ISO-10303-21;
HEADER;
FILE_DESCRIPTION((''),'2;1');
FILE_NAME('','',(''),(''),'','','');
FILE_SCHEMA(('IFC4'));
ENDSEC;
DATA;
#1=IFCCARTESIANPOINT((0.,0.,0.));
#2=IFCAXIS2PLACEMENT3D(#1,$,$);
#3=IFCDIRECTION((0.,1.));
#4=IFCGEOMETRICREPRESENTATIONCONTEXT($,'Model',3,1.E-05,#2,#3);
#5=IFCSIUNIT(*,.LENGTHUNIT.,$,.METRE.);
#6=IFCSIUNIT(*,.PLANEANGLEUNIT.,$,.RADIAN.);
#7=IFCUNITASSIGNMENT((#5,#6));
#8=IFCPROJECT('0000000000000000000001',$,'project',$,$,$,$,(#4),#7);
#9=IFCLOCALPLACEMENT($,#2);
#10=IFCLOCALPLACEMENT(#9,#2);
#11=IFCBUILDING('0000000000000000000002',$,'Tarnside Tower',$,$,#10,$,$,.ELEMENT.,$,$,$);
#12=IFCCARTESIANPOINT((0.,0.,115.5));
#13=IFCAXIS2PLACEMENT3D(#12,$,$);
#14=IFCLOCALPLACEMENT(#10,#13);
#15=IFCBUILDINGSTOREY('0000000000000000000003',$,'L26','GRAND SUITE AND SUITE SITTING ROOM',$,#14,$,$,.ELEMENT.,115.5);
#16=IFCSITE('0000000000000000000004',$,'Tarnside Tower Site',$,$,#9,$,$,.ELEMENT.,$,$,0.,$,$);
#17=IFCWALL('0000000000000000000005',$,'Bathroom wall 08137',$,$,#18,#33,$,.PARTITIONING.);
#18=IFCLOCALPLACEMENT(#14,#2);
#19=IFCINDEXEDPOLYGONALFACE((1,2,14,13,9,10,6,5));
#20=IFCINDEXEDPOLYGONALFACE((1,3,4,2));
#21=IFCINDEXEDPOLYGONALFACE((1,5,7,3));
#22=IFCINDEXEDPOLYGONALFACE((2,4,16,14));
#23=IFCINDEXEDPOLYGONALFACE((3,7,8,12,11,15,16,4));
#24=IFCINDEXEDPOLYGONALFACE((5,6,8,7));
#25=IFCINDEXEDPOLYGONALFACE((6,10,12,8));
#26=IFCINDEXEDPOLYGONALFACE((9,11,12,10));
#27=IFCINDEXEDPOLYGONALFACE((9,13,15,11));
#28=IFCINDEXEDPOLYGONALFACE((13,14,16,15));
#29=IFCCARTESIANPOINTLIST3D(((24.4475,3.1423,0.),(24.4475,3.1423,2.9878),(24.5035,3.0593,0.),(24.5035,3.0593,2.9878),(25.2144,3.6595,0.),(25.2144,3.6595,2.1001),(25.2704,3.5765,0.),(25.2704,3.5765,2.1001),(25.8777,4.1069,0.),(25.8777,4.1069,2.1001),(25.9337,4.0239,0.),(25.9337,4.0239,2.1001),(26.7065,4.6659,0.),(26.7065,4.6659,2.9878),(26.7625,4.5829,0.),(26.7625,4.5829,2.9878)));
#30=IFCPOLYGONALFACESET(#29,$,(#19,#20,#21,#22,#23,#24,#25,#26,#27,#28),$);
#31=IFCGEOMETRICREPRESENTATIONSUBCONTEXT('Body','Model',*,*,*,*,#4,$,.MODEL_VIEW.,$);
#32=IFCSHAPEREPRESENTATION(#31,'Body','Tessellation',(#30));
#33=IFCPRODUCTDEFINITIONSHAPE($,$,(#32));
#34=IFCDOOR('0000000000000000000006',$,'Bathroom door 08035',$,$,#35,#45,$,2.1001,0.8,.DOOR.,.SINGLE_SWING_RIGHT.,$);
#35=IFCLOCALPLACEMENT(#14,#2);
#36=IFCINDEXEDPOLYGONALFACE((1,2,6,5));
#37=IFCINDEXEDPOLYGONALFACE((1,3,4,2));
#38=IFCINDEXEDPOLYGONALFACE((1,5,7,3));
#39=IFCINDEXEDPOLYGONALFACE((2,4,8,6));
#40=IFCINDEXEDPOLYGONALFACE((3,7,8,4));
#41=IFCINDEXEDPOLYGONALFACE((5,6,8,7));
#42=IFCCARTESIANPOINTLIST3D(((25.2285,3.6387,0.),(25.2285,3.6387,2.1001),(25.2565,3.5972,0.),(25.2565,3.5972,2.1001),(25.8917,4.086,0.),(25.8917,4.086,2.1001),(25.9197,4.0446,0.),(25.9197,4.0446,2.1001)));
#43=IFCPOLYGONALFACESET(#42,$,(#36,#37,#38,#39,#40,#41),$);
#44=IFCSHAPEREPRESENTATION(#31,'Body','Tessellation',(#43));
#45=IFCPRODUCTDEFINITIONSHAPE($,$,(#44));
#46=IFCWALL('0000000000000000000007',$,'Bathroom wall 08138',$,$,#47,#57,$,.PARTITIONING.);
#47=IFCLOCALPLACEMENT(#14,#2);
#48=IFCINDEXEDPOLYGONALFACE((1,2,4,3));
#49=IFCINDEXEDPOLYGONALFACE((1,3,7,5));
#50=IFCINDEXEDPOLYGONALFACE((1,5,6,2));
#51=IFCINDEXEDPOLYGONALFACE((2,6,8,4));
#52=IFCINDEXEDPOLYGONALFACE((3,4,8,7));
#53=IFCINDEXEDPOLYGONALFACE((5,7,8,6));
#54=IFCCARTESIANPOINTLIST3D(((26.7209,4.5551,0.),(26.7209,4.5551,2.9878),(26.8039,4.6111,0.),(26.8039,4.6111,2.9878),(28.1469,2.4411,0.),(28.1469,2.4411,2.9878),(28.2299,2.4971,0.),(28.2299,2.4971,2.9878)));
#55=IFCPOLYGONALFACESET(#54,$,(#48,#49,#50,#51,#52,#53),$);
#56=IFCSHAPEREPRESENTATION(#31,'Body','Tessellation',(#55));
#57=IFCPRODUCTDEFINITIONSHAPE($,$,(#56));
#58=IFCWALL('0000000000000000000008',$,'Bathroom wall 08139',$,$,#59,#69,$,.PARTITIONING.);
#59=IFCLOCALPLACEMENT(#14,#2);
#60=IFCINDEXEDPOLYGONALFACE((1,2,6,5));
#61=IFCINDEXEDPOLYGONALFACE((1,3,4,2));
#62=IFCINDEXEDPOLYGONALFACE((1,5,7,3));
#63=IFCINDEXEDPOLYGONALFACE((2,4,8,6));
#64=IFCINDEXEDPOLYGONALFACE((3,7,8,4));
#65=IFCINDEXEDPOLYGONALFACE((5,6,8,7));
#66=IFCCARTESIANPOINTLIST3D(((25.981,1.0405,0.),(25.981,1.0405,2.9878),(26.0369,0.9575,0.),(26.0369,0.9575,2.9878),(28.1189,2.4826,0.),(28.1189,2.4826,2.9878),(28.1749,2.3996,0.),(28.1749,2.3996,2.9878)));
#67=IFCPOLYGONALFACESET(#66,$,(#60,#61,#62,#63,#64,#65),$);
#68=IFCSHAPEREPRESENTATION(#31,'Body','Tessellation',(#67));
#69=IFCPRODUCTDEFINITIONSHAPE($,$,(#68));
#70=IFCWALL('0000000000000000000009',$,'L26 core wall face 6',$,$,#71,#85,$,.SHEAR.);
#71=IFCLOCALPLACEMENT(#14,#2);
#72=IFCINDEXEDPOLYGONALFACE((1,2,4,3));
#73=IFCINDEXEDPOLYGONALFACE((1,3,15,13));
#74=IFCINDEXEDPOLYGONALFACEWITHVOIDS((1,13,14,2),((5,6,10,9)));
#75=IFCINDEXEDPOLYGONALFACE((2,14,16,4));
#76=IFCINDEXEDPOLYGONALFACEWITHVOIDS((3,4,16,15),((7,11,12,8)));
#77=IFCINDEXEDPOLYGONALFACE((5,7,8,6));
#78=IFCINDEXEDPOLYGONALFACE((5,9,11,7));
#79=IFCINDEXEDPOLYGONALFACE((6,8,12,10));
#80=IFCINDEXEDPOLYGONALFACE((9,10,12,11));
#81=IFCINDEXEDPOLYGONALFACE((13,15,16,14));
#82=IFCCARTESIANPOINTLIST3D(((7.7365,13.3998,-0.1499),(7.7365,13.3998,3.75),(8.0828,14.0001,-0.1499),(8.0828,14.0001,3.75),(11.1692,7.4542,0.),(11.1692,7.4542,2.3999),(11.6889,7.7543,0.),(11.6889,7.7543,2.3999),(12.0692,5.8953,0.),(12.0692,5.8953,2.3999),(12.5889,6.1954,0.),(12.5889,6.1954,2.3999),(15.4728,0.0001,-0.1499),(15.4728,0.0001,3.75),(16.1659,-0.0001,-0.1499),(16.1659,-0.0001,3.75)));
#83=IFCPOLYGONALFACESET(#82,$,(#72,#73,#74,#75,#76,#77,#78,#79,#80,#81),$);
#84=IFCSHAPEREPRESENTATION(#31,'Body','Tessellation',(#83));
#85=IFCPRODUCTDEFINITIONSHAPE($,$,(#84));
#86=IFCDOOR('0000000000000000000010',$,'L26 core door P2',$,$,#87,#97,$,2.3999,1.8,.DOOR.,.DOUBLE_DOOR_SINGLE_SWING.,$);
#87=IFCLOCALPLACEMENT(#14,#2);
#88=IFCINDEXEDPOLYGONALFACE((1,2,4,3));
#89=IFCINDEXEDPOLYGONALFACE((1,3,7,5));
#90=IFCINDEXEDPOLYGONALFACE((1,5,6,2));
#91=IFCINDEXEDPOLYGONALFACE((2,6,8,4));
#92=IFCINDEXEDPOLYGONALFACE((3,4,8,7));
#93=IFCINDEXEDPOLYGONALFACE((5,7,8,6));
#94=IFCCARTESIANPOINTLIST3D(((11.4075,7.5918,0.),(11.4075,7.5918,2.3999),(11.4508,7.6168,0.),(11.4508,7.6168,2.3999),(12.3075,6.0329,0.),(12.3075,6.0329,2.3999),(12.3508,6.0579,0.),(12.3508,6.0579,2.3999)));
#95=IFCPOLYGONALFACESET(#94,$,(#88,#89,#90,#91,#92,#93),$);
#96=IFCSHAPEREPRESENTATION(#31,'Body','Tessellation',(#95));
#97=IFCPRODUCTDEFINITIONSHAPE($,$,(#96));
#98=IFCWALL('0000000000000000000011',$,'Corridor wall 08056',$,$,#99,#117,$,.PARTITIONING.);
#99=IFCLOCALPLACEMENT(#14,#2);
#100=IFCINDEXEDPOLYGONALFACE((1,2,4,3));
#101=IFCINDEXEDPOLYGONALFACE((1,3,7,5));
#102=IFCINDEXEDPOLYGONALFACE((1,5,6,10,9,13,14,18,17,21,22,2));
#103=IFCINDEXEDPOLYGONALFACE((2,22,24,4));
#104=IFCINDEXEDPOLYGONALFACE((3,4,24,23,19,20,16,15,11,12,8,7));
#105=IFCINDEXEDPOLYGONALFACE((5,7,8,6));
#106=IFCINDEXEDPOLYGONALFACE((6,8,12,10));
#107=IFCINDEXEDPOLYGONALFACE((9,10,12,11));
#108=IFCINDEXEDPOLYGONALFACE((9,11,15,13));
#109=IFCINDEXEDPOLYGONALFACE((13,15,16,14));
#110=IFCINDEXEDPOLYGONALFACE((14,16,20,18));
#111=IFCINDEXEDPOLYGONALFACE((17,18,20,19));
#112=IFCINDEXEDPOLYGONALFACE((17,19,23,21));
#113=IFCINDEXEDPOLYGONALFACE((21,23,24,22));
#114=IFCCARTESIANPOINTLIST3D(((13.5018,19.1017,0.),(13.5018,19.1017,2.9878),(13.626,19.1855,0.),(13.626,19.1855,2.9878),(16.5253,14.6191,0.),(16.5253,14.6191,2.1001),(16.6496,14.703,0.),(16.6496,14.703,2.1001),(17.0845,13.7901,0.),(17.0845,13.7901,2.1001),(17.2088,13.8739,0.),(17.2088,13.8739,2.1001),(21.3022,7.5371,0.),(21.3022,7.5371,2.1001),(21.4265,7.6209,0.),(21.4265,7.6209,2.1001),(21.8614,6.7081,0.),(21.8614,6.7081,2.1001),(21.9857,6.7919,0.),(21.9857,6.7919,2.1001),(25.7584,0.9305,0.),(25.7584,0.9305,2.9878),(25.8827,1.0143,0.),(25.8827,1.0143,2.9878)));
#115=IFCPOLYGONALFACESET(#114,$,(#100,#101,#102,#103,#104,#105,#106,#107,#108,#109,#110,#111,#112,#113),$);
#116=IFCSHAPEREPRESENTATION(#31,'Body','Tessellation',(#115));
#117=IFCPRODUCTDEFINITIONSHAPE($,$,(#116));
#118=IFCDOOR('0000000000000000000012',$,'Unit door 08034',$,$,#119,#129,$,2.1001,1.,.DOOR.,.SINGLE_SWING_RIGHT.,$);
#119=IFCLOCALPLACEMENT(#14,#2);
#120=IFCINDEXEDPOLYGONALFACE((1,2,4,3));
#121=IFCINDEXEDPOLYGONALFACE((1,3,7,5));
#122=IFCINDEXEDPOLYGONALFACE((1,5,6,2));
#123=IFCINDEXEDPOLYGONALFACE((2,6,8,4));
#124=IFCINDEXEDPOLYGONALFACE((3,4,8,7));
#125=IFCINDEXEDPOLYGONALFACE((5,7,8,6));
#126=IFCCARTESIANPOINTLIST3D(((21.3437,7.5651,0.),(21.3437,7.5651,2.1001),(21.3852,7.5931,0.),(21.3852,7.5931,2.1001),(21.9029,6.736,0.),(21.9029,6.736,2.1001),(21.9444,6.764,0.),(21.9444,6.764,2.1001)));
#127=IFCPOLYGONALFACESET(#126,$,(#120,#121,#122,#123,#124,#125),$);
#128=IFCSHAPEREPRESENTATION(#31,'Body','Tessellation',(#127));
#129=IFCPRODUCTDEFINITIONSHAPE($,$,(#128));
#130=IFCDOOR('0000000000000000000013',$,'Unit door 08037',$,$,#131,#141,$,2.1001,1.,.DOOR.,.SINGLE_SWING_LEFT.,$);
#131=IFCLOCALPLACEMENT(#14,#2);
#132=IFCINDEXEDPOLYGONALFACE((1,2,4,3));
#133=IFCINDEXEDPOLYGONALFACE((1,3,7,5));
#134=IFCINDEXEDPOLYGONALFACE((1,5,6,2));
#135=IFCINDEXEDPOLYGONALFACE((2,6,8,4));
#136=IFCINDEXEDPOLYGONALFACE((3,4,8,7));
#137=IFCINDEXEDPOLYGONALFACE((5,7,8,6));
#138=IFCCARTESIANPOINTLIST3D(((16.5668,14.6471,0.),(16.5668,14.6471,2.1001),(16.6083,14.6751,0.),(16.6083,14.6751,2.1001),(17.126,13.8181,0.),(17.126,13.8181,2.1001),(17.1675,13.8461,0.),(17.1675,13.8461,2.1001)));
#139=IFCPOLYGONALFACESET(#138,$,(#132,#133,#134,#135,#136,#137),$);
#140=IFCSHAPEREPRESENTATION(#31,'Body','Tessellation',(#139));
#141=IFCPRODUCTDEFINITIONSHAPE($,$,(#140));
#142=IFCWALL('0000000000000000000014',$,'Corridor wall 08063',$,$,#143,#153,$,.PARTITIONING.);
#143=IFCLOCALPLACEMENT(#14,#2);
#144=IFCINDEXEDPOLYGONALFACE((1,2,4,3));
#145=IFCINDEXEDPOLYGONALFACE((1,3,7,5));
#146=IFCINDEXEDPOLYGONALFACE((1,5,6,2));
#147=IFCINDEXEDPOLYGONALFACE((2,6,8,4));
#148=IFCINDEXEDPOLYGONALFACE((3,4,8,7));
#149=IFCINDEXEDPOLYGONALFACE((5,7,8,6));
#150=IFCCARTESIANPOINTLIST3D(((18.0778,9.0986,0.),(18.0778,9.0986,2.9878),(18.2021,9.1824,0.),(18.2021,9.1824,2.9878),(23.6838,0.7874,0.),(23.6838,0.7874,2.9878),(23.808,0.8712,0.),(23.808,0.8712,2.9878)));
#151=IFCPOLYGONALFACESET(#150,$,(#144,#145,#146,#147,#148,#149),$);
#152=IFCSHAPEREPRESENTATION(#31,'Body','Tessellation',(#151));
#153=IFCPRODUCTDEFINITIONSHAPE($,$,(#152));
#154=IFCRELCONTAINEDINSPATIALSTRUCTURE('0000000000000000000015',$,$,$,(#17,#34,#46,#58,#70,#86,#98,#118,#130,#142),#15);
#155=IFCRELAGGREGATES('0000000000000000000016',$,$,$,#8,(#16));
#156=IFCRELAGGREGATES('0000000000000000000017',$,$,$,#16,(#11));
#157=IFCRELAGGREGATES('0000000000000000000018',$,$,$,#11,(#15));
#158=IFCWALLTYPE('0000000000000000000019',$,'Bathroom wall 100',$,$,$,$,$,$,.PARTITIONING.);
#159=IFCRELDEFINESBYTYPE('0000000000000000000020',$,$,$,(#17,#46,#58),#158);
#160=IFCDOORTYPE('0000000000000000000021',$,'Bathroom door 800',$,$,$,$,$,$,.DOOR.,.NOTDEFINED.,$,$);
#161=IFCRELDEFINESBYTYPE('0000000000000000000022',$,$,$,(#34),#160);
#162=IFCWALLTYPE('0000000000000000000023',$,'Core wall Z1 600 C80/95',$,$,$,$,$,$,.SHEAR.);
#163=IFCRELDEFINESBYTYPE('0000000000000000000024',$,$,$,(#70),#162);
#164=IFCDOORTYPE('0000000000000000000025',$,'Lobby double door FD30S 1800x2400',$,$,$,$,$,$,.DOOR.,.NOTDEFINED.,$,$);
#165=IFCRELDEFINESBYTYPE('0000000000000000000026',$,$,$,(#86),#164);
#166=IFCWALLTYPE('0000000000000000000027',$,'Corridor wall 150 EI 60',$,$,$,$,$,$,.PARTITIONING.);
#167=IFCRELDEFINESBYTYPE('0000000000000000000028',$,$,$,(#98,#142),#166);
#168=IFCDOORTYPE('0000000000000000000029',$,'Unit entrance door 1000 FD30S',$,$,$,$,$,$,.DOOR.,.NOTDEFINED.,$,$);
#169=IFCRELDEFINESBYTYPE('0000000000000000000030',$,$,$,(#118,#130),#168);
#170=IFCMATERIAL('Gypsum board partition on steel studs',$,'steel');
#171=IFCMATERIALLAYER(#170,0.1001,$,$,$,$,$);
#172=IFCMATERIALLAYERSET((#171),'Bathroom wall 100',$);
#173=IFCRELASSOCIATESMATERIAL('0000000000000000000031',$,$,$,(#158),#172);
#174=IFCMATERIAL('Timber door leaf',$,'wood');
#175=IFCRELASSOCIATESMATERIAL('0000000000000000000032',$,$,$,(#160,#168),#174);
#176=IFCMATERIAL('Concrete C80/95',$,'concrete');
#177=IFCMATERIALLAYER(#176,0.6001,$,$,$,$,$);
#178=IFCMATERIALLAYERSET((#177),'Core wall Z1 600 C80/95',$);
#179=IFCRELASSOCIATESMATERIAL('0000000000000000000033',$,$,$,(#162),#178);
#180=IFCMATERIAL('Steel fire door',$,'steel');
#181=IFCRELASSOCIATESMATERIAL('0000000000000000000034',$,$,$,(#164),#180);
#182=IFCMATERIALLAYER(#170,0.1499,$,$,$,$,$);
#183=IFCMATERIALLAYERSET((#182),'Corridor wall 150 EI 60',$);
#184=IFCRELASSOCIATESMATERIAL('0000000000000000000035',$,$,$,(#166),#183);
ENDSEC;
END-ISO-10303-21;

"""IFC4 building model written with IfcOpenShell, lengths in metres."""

from ifc_helpers import new_model, si_unit, direction, frame, frame_2d, origin, place, context, subcontext, project, spatial, polyline, rectangle, outline, extrude, material, layer, layer_set, type_object, element, fill, save


model = new_model("IFC4")

# Units and contexts
model_context = context("Model", 3, precision=1e-05, world=origin(), true_north=direction((0.0, 1.0)))
body_context = subcontext(model_context, "Body", "Model", "MODEL_VIEW")
ifc_project = project(units=[si_unit("LENGTHUNIT", "METRE"), si_unit("PLANEANGLEUNIT", "RADIAN")], contexts=[model_context])

# Site, building, storey
site_placement = place(None, origin())
site = spatial("IfcSite", under=ifc_project, at=site_placement, Name="Tarnside Tower Site", CompositionType="ELEMENT", RefElevation=0.0)
building_placement = place(site_placement, origin())
building = spatial("IfcBuilding", under=site, at=building_placement, Name="Tarnside Tower", CompositionType="ELEMENT")
storey_placement = place(building_placement, frame((0.0, 0.0, 115.5)))
storey = spatial("IfcBuildingStorey", under=building, at=storey_placement, Name="L26", Description="GRAND SUITE AND SUITE SITTING ROOM", CompositionType="ELEMENT", Elevation=115.5)

# Wall, opening, door
ifc_material_1 = material(Name="Gypsum board partition on steel studs", Category="steel")
ifc_layer_1 = layer(ifc_material_1, 0.1001)
ifc_layer_set_1 = layer_set([ifc_layer_1], Name="Bathroom wall 100")
wall_type_1 = type_object("IfcWallType", Name="Bathroom wall 100", PredefinedType="PARTITIONING", material=ifc_layer_set_1)
wall_1_placement = place(storey_placement, frame((24.4756, 3.1008, 0.0), z_axis=(0.0, 0.0, 1.0), x_axis=(0.829047, 0.559179, 0.0)))
wall_1 = element("IfcWall", 1, at=wall_1_placement, inside=storey, type_object=wall_type_1, Name="Bathroom wall 08137", PredefinedType="PARTITIONING", context=body_context, shape_type="SweptSolid", body=[
    extrude(rectangle(XDim=2.7249, YDim=0.1001, at=frame_2d((1.3623, 0.0))), origin(), (0.0, 0.0, 1.0), 2.9878),
])
opening_1_placement = place(wall_1_placement, frame((0.925, 0.0, 0.0)))
opening_1 = element("IfcOpeningElement", 2, at=opening_1_placement, cuts=wall_1, PredefinedType="OPENING", context=body_context, shape_type="SweptSolid", body=[
    extrude(rectangle(XDim=0.8, YDim=2.1001, at=frame_2d((0.3999, 1.05))), frame((0.0, 0.0601, 0.0), z_axis=(0.0, -1.0, 0.0), x_axis=(1.0, 0.0, 0.0)), (0.0, 0.0, 1.0), 0.1201),
])
ifc_material_2 = material(Name="Timber door leaf", Category="wood")
door_type_1 = type_object("IfcDoorType", Name="Bathroom door 800", OperationType="NOTDEFINED", PredefinedType="DOOR", material=ifc_material_2)
door_1_placement = place(opening_1_placement, origin())
door_1 = element("IfcDoor", 3, at=door_1_placement, inside=storey, type_object=door_type_1, Name="Bathroom door 08035", OperationType="SINGLE_SWING_RIGHT", OverallHeight=2.1001, OverallWidth=0.8, PredefinedType="DOOR", context=body_context, shape_type="SweptSolid", body=[
    extrude(rectangle(XDim=0.8, YDim=2.1001, at=frame_2d((0.3999, 1.05))), frame((0.0, 0.0249, 0.0), z_axis=(0.0, -1.0, 0.0), x_axis=(1.0, 0.0, 0.0)), (0.0, 0.0, 1.0), 0.05),
])
fill(opening_1, door_1)

# Walls
wall_2_placement = place(storey_placement, frame((26.7625, 4.583, 0.0), z_axis=(0.0, 0.0, 1.0), x_axis=(0.559221, -0.829018, 0.0)))
element("IfcWall", 4, at=wall_2_placement, inside=storey, type_object=wall_type_1, Name="Bathroom wall 08138", PredefinedType="PARTITIONING", context=body_context, shape_type="SweptSolid", body=[
    extrude(rectangle(XDim=2.55, YDim=0.1001, at=frame_2d((1.2749, 0.0))), origin(), (0.0, 0.0, 1.0), 2.9878),
])
wall_3_placement = place(storey_placement, frame((28.147, 2.4412, 0.0), z_axis=(0.0, 0.0, 1.0), x_axis=(-0.829023, -0.559214, 0.0)))
element("IfcWall", 5, at=wall_3_placement, inside=storey, type_object=wall_type_1, Name="Bathroom wall 08139", PredefinedType="PARTITIONING", context=body_context, shape_type="SweptSolid", body=[
    extrude(rectangle(XDim=2.5789, YDim=0.1001, at=frame_2d((1.2896, 0.0))), origin(), (0.0, 0.0, 1.0), 2.9878),
])

# Wall, opening, door
ifc_material_3 = material(Name="Concrete C80/95", Category="concrete")
ifc_layer_2 = layer(ifc_material_3, 0.6001)
ifc_layer_set_2 = layer_set([ifc_layer_2], Name="Core wall Z1 600 C80/95")
wall_type_2 = type_object("IfcWallType", Name="Core wall Z1 600 C80/95", PredefinedType="SHEAR", material=ifc_layer_set_2)
wall_4_placement = place(storey_placement, frame((15.8193, 0.0, -0.1499), z_axis=(0.0, 0.0, 1.0), x_axis=(-0.5, 0.866025, 0.0)))
wall_4 = element("IfcWall", 6, at=wall_4_placement, inside=storey, type_object=wall_type_2, Name="L26 core wall face 6", PredefinedType="SHEAR", context=body_context, shape_type="SweptSolid", body=[
    extrude(outline(polyline([(-0.1733, -0.3), (15.9927, -0.3), (15.646, 0.3), (0.1733, 0.3), (-0.1733, -0.3)])), origin(), (0.0, 0.0, 1.0), 3.8999),
])
opening_2_placement = place(wall_4_placement, frame((6.9807, 0.0, 0.1499)))
opening_2 = element("IfcOpeningElement", 7, at=opening_2_placement, cuts=wall_4, PredefinedType="OPENING", context=body_context, shape_type="SweptSolid", body=[
    extrude(rectangle(XDim=1.8, YDim=2.3999, at=frame_2d((0.8999, 1.2))), frame((0.0, 0.3101, 0.0), z_axis=(0.0, -1.0, 0.0), x_axis=(1.0, 0.0, 0.0)), (0.0, 0.0, 1.0), 0.6201),
])
ifc_material_4 = material(Name="Steel fire door", Category="steel")
door_type_2 = type_object("IfcDoorType", Name="Lobby double door FD30S 1800x2400", OperationType="NOTDEFINED", PredefinedType="DOOR", material=ifc_material_4)
door_2_placement = place(opening_2_placement, origin())
door_2 = element("IfcDoor", 8, at=door_2_placement, inside=storey, type_object=door_type_2, Name="L26 core door P2", OperationType="DOUBLE_DOOR_SINGLE_SWING", OverallHeight=2.3999, OverallWidth=1.8, PredefinedType="DOOR", context=body_context, shape_type="SweptSolid", body=[
    extrude(rectangle(XDim=1.8, YDim=2.3999, at=frame_2d((0.8999, 1.2))), frame((0.0, 0.0249, 0.0), z_axis=(0.0, -1.0, 0.0), x_axis=(1.0, 0.0, 0.0)), (0.0, 0.0, 1.0), 0.05),
])
fill(opening_2, door_2)

# Wall, openings, doors
ifc_layer_3 = layer(ifc_material_1, 0.1499)
ifc_layer_set_3 = layer_set([ifc_layer_3], Name="Corridor wall 150 EI 60")
wall_type_3 = type_object("IfcWallType", Name="Corridor wall 150 EI 60", PredefinedType="PARTITIONING", material=ifc_layer_set_3)
wall_5_placement = place(storey_placement, frame((25.8206, 0.9724, 0.0), z_axis=(0.0, 0.0, 1.0), x_axis=(-0.559193, 0.829038, 0.0)))
wall_5 = element("IfcWall", 9, at=wall_5_placement, inside=storey, type_object=wall_type_3, Name="Corridor wall 08056", PredefinedType="PARTITIONING", context=body_context, shape_type="SweptSolid", body=[
    extrude(rectangle(XDim=21.9185, YDim=0.1499, at=frame_2d((10.9592, 0.0))), origin(), (0.0, 0.0, 1.0), 2.9878),
])
opening_3_placement = place(wall_5_placement, frame((6.969, 0.0, 0.0)))
opening_3 = element("IfcOpeningElement", 10, at=opening_3_placement, cuts=wall_5, PredefinedType="OPENING", context=body_context, shape_type="SweptSolid", body=[
    extrude(rectangle(XDim=1.0, YDim=2.1001, at=frame_2d((0.5, 1.05))), frame((0.0, 0.085, 0.0), z_axis=(0.0, -1.0, 0.0), x_axis=(1.0, 0.0, 0.0)), (0.0, 0.0, 1.0), 0.1699),
])
opening_4_placement = place(wall_5_placement, frame((15.5115, 0.0, 0.0)))
opening_4 = element("IfcOpeningElement", 11, at=opening_4_placement, cuts=wall_5, PredefinedType="OPENING", context=body_context, shape_type="SweptSolid", body=[
    extrude(rectangle(XDim=1.0, YDim=2.1001, at=frame_2d((0.5, 1.05))), frame((0.0, 0.085, 0.0), z_axis=(0.0, -1.0, 0.0), x_axis=(1.0, 0.0, 0.0)), (0.0, 0.0, 1.0), 0.1699),
])
door_type_3 = type_object("IfcDoorType", Name="Unit entrance door 1000 FD30S", OperationType="NOTDEFINED", PredefinedType="DOOR", material=ifc_material_2)
door_3_placement = place(opening_3_placement, origin())
door_3 = element("IfcDoor", 12, at=door_3_placement, inside=storey, type_object=door_type_3, Name="Unit door 08034", OperationType="SINGLE_SWING_RIGHT", OverallHeight=2.1001, OverallWidth=1.0, PredefinedType="DOOR", context=body_context, shape_type="SweptSolid", body=[
    extrude(rectangle(XDim=1.0, YDim=2.1001, at=frame_2d((0.5, 1.05))), frame((0.0, 0.0249, 0.0), z_axis=(0.0, -1.0, 0.0), x_axis=(1.0, 0.0, 0.0)), (0.0, 0.0, 1.0), 0.05),
])
fill(opening_3, door_3)
door_4_placement = place(opening_4_placement, origin())
door_4 = element("IfcDoor", 13, at=door_4_placement, inside=storey, type_object=door_type_3, Name="Unit door 08037", OperationType="SINGLE_SWING_LEFT", OverallHeight=2.1001, OverallWidth=1.0, PredefinedType="DOOR", context=body_context, shape_type="SweptSolid", body=[
    extrude(rectangle(XDim=1.0, YDim=2.1001, at=frame_2d((0.5, 1.05))), frame((0.0, 0.0249, 0.0), z_axis=(0.0, -1.0, 0.0), x_axis=(1.0, 0.0, 0.0)), (0.0, 0.0, 1.0), 0.05),
])
fill(opening_4, door_4)

# Wall
wall_6_placement = place(storey_placement, frame((18.1399, 9.1406, 0.0), z_axis=(0.0, 0.0, 1.0), x_axis=(0.559188, -0.829041, 0.0)))
element("IfcWall", 14, at=wall_6_placement, inside=storey, type_object=wall_type_3, Name="Corridor wall 08063", PredefinedType="PARTITIONING", context=body_context, shape_type="SweptSolid", body=[
    extrude(rectangle(XDim=10.0251, YDim=0.1499, at=frame_2d((5.0127, 0.0))), origin(), (0.0, 0.0, 1.0), 2.9878),
])

save(model, "model.ifc")
